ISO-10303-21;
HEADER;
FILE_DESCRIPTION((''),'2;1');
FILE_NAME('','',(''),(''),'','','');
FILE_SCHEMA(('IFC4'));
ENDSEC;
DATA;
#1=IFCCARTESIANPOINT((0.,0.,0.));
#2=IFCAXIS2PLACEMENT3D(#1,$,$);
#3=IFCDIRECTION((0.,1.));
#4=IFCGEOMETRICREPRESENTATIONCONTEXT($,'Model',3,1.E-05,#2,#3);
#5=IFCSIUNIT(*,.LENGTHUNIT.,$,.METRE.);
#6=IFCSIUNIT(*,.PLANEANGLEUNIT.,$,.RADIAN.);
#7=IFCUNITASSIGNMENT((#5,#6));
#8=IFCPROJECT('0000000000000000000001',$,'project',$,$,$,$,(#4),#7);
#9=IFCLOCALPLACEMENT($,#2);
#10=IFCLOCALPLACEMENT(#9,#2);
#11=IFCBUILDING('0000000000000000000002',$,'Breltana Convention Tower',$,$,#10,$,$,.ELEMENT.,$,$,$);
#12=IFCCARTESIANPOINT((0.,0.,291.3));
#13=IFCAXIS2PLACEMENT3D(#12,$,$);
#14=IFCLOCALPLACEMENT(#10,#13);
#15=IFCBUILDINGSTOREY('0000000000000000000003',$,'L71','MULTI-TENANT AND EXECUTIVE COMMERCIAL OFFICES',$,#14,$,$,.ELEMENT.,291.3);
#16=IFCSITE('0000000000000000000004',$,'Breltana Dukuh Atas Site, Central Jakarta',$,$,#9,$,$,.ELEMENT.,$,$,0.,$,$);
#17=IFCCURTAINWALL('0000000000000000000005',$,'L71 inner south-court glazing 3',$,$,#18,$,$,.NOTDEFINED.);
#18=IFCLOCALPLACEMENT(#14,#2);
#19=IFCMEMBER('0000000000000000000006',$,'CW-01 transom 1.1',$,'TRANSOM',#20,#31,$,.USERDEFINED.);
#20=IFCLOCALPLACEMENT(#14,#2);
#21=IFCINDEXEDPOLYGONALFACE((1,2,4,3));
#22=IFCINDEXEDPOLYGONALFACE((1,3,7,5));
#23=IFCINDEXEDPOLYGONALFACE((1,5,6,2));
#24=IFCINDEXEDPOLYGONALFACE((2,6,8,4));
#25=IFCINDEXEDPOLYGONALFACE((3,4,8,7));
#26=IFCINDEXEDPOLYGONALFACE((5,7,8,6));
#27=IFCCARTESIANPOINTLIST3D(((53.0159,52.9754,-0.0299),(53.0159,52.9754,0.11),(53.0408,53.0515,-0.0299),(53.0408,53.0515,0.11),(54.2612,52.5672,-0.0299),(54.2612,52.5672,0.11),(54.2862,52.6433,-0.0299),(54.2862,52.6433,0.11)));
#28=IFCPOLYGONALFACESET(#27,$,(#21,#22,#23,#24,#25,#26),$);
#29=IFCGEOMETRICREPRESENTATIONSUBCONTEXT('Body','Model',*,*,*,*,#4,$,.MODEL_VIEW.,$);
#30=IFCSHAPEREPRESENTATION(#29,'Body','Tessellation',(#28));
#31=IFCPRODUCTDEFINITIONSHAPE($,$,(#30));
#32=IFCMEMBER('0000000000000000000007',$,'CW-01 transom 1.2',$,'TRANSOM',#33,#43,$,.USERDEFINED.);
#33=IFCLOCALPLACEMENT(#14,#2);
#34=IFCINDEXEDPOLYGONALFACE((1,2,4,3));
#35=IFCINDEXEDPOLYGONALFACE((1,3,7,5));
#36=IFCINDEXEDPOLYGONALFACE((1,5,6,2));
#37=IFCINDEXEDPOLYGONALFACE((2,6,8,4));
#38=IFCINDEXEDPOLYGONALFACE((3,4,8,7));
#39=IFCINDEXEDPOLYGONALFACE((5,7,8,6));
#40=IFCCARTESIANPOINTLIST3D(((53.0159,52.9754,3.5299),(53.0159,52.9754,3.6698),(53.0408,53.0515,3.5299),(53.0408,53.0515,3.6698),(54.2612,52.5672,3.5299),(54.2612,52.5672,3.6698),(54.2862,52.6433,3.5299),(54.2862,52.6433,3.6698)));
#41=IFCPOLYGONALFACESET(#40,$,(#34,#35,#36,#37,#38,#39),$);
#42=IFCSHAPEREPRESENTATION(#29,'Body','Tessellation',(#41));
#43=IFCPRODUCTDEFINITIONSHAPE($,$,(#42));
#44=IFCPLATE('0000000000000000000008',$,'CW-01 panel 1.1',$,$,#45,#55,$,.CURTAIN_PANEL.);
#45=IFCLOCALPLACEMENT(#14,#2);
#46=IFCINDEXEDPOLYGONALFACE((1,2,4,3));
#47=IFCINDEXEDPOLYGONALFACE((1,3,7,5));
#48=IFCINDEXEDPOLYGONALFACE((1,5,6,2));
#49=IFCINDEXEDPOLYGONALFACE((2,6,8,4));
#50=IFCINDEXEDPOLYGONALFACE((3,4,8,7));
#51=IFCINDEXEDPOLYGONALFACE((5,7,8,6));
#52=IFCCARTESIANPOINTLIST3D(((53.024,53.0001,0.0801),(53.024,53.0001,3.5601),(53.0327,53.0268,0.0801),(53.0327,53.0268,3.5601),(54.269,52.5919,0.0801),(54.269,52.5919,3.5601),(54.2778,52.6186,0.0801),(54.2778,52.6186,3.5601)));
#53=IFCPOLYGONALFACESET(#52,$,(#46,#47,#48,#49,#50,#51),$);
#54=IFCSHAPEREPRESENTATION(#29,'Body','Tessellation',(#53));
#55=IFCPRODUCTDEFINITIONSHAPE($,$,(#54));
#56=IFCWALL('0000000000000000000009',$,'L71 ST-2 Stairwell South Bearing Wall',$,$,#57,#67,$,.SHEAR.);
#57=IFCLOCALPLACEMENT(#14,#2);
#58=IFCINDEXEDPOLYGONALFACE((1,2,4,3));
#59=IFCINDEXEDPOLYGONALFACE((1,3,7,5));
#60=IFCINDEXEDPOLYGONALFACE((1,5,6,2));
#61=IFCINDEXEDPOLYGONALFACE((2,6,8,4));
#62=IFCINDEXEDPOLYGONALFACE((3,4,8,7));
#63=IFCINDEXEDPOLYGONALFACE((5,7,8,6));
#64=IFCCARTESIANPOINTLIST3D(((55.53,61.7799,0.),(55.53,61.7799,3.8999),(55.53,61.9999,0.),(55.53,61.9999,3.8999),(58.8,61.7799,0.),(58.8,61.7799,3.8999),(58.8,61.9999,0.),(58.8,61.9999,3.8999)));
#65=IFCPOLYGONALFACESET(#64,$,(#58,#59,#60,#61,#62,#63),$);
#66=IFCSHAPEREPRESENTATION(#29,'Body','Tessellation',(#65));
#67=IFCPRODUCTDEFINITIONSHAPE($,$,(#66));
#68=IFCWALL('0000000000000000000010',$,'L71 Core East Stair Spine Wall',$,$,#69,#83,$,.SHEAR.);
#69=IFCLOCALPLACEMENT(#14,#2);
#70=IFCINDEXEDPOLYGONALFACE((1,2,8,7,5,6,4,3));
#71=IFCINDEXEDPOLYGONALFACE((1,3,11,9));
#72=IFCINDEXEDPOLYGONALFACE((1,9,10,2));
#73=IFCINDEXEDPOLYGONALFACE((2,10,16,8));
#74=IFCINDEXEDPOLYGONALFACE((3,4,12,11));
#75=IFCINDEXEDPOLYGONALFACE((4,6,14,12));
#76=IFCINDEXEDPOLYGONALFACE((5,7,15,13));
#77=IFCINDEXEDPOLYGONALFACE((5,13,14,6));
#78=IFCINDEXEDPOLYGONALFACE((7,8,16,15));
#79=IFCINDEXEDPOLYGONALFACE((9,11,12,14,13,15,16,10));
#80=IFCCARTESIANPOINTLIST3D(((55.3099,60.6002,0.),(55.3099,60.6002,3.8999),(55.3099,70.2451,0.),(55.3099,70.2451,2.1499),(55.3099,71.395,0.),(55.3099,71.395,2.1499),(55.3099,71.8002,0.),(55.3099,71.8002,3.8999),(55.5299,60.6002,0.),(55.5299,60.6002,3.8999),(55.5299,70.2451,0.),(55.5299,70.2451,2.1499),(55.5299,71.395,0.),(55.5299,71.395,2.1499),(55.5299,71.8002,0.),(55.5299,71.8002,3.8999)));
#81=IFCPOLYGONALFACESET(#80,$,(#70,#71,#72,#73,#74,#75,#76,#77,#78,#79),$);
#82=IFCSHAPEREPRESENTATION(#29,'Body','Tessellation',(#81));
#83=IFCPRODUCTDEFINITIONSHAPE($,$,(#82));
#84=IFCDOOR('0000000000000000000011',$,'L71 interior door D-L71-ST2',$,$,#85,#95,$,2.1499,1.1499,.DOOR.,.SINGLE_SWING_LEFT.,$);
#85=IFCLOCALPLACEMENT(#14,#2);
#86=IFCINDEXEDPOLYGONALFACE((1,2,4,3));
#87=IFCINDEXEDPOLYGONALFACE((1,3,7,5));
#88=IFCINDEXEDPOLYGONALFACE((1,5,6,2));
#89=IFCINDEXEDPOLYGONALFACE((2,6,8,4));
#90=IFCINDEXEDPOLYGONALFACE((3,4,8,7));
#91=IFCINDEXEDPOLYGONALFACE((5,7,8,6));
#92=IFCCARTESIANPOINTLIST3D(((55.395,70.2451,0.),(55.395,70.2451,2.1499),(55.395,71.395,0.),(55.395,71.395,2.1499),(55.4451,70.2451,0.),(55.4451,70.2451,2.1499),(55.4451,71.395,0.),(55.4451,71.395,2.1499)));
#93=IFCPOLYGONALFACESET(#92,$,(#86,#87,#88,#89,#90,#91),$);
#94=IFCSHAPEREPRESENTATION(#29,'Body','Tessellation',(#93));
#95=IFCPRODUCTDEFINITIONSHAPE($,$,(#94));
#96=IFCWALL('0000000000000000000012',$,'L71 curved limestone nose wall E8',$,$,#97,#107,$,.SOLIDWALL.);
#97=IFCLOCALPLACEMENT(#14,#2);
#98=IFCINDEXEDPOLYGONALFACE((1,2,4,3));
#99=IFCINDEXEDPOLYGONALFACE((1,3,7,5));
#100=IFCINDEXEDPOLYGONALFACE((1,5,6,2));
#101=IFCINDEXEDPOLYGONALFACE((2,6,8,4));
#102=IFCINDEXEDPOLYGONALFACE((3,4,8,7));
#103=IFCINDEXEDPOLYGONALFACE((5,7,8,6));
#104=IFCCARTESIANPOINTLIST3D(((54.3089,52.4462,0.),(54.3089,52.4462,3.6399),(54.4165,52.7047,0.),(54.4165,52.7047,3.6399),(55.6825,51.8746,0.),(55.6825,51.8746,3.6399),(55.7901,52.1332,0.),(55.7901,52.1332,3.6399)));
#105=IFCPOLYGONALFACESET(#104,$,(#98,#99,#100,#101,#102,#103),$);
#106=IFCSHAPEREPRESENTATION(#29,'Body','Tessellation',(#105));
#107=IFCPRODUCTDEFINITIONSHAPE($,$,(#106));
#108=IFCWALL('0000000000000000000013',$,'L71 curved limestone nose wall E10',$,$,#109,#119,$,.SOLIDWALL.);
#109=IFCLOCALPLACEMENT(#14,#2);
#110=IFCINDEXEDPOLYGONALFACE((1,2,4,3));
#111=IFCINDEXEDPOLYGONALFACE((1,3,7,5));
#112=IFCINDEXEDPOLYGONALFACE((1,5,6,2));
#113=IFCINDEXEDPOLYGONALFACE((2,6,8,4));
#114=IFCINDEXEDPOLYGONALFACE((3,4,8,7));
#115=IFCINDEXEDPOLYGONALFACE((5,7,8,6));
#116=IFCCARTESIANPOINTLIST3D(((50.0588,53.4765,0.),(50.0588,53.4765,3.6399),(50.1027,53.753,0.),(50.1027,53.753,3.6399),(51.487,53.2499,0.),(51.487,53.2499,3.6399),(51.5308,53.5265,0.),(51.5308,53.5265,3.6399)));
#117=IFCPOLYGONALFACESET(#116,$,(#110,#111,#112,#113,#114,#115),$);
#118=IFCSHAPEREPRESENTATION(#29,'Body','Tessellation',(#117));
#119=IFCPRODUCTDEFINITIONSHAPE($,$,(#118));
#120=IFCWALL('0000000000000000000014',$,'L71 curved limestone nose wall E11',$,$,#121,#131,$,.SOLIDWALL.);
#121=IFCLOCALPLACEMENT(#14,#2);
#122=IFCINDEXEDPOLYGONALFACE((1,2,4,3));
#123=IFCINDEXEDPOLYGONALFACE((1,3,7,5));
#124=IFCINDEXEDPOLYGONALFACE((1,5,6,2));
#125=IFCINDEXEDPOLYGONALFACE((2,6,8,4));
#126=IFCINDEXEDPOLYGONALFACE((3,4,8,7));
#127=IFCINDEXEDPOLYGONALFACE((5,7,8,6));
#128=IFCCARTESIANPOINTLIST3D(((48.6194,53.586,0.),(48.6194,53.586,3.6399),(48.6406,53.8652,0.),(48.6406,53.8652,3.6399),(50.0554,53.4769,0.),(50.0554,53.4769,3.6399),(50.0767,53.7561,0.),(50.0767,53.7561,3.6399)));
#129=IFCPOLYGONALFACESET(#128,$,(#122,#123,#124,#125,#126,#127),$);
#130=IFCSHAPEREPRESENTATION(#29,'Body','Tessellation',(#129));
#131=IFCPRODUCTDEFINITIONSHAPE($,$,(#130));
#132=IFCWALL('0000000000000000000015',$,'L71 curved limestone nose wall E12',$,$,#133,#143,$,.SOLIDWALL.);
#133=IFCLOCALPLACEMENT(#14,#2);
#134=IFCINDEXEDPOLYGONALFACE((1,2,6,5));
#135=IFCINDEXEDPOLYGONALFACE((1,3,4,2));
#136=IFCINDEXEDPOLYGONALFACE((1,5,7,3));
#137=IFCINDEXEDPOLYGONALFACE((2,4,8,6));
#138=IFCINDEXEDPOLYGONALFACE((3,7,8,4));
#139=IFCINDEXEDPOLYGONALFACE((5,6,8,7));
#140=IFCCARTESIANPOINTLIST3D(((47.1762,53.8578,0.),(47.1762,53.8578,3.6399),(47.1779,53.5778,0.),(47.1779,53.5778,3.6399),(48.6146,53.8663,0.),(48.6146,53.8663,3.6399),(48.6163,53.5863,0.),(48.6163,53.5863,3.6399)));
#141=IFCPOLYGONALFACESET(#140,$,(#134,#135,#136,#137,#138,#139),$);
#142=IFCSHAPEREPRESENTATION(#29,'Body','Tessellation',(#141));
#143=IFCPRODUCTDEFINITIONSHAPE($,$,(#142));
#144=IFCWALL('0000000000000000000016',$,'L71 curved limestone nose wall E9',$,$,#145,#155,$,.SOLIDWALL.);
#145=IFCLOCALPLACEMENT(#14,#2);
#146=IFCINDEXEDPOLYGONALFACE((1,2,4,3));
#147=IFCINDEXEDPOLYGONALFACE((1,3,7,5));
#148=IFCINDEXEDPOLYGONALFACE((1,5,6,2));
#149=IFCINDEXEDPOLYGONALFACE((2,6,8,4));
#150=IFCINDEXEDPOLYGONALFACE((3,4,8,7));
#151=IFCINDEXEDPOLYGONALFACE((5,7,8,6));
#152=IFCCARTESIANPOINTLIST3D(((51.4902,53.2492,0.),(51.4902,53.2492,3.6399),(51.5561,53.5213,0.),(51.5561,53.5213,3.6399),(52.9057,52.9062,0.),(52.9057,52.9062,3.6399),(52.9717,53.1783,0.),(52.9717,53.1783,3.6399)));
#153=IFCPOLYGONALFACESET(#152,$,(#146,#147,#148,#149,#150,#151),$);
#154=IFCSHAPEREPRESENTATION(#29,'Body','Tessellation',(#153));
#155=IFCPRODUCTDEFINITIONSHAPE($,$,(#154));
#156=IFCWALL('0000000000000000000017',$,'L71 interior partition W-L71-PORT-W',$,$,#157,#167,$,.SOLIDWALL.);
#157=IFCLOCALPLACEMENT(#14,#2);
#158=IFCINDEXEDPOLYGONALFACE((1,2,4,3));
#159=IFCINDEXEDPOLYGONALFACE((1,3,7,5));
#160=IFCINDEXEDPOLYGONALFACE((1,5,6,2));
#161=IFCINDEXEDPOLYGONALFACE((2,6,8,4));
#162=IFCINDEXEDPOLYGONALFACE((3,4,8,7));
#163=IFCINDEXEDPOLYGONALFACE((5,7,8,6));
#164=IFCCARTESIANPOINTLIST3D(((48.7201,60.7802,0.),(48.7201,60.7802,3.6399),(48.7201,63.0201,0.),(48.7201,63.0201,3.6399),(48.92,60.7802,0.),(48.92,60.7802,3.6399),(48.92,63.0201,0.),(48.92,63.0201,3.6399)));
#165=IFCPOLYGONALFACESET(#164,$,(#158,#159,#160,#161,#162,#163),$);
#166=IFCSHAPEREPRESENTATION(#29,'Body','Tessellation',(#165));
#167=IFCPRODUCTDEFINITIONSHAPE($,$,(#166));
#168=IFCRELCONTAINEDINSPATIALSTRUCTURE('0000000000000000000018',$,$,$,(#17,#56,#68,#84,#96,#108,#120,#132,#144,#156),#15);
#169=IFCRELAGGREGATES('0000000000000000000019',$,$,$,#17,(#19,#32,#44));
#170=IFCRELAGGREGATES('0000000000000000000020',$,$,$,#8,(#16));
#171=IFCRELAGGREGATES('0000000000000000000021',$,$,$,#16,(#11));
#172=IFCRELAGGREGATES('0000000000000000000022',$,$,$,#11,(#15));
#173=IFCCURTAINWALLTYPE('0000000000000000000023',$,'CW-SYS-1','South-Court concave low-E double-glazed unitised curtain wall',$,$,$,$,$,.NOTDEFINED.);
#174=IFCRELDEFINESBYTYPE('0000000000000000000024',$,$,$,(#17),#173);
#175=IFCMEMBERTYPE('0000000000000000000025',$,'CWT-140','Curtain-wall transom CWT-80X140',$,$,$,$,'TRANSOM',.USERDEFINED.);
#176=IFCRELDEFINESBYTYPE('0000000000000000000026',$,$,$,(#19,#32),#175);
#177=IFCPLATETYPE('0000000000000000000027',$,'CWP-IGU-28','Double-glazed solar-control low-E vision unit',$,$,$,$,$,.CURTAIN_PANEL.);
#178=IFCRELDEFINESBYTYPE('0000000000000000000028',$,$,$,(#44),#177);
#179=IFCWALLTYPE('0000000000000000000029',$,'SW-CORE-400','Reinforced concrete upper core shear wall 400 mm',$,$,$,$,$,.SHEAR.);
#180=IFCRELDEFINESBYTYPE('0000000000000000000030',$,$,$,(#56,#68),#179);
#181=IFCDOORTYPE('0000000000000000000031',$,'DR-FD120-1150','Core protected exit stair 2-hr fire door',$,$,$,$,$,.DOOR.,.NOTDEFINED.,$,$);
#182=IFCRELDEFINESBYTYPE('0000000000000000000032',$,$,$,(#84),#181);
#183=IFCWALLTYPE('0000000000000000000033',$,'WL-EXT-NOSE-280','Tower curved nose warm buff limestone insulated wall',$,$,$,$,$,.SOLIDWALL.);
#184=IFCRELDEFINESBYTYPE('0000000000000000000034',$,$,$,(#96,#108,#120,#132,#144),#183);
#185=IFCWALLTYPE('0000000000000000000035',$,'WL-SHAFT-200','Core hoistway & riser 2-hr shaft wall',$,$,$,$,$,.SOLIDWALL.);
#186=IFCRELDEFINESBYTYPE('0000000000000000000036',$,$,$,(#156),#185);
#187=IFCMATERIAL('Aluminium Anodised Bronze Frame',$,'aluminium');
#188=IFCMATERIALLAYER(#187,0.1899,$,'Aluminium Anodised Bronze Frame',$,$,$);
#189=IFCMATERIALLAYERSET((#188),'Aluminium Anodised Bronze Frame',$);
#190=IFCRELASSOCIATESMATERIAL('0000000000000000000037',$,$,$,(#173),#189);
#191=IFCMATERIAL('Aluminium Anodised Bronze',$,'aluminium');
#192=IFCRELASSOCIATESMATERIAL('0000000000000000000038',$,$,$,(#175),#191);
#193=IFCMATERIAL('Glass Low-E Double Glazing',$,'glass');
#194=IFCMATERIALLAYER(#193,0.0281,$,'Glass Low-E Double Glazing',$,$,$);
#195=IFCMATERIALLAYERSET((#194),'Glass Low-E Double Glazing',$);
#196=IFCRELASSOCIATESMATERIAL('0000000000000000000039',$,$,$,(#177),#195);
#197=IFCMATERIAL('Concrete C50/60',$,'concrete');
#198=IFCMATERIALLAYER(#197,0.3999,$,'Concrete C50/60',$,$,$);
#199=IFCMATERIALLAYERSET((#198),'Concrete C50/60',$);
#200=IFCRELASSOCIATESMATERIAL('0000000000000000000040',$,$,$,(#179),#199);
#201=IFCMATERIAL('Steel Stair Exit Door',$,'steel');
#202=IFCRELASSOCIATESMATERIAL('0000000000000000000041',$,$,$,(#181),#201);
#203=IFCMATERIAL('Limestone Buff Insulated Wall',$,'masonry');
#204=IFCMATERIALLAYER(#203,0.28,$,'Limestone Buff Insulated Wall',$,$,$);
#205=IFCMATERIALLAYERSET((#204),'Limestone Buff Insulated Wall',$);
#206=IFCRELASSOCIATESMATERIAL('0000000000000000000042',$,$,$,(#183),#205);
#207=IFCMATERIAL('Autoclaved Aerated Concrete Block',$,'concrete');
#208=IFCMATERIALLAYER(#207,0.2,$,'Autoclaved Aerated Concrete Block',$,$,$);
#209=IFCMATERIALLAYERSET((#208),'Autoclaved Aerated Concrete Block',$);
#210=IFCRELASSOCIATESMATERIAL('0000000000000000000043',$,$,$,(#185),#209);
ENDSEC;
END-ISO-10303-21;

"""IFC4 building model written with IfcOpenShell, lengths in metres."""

from ifc_helpers import new_model, si_unit, direction, frame, frame_2d, origin, origin_2d, place, context, subcontext, project, spatial, rectangle, extrude, source, transform, mapped, material, layer, layer_set, material_profile, profile_set, type_object, type_shapes, element, fill, aggregate, save


model = new_model("IFC4")

# Units and contexts
model_context = context("Model", 3, precision=1e-05, world=origin(), true_north=direction((0.0, 1.0)))
body_context = subcontext(model_context, "Body", "Model", "MODEL_VIEW")
ifc_project = project(units=[si_unit("LENGTHUNIT", "METRE"), si_unit("PLANEANGLEUNIT", "RADIAN")], contexts=[model_context])

# Site, building, storey
site_placement = place(None, origin())
site = spatial("IfcSite", under=ifc_project, at=site_placement, Name="Breltana Dukuh Atas Site, Central Jakarta", CompositionType="ELEMENT", RefElevation=0.0)
building_placement = place(site_placement, origin())
building = spatial("IfcBuilding", under=site, at=building_placement, Name="Breltana Convention Tower", CompositionType="ELEMENT")
storey_placement = place(building_placement, frame((0.0, 0.0, 291.3)))
storey = spatial("IfcBuildingStorey", under=building, at=storey_placement, Name="L71", Description="MULTI-TENANT AND EXECUTIVE COMMERCIAL OFFICES", CompositionType="ELEMENT", Elevation=291.3)

# Curtain wall
ifc_material_1 = material(Name="Aluminium Anodised Bronze Frame", Category="aluminium")
ifc_layer_1 = layer(ifc_material_1, 0.1899, Name="Aluminium Anodised Bronze Frame")
ifc_layer_set_1 = layer_set([ifc_layer_1], Name="Aluminium Anodised Bronze Frame")
curtain_wall_type = type_object("IfcCurtainWallType", Name="CW-SYS-1", Description="South-Court concave low-E double-glazed unitised curtain wall", PredefinedType="NOTDEFINED", material=ifc_layer_set_1)
curtain_wall_1_placement = place(storey_placement, origin())
curtain_wall_1 = element("IfcCurtainWall", 1, at=curtain_wall_1_placement, inside=storey, type_object=curtain_wall_type, Name="L71 inner south-court glazing 3", PredefinedType="NOTDEFINED")
ifc_material_2 = material(Name="Aluminium Anodised Bronze", Category="aluminium")

# Members
ifc_material_profile_1 = material_profile(ifc_material_2, rectangle(XDim=0.0801, YDim=0.1399, at=origin_2d()), Name="CWT-80X140")
ifc_profile_set_1 = profile_set([ifc_material_profile_1], Name="Aluminium Anodised Bronze")
member_type_1 = type_object("IfcMemberType", Name="CWT-140", Description="Curtain-wall transom CWT-80X140", ElementType="TRANSOM", PredefinedType="USERDEFINED", material=ifc_profile_set_1)
shared_shape_1 = source(origin(), body_context, "Body", "SweptSolid", [
    extrude(rectangle(XDim=0.0801, YDim=0.1399, at=origin_2d()), origin(), (0.0, 0.0, 1.0), 1.3105),
])
member_1_placement = place(storey_placement, frame((54.2737, 52.6052, 0.04), z_axis=(-0.950255, 0.311473, 0.0), x_axis=(-0.311473, -0.950255, 0.0)))
member_1 = element("IfcMember", 2, at=member_1_placement, type_object=member_type_1, Name="CW-01 transom 1.1", ObjectType="TRANSOM", PredefinedType="USERDEFINED", context=body_context, shape_type="MappedRepresentation", body=[
    mapped(shared_shape_1, transform((0.0, 0.0, 0.0), scale=1.0)),
])
member_2_placement = place(storey_placement, frame((54.2737, 52.6052, 3.5999), z_axis=(-0.950255, 0.311473, 0.0), x_axis=(-0.311473, -0.950255, 0.0)))
member_2 = element("IfcMember", 3, at=member_2_placement, type_object=member_type_1, Name="CW-01 transom 1.2", ObjectType="TRANSOM", PredefinedType="USERDEFINED", context=body_context, shape_type="MappedRepresentation", body=[
    mapped(shared_shape_1, transform((0.0, 0.0, 0.0), scale=1.0)),
])

# Plate
ifc_material_3 = material(Name="Glass Low-E Double Glazing", Category="glass")
ifc_layer_2 = layer(ifc_material_3, 0.0281, Name="Glass Low-E Double Glazing")
ifc_layer_set_2 = layer_set([ifc_layer_2], Name="Glass Low-E Double Glazing")
plate_type = type_object("IfcPlateType", Name="CWP-IGU-28", Description="Double-glazed solar-control low-E vision unit", PredefinedType="CURTAIN_PANEL", material=ifc_layer_set_2)
shared_shape_2 = source(origin(), body_context, "Body", "SweptSolid", [
    extrude(rectangle(XDim=1.3103, YDim=0.0281, at=origin_2d()), origin(), (0.0, 0.0, 1.0), 3.48),
])
plate_placement = place(storey_placement, frame((53.6509, 52.8093, 0.0801), z_axis=(0.0, 0.0, 1.0), x_axis=(-0.950229, 0.311552, 0.0)))
plate = element("IfcPlate", 4, at=plate_placement, type_object=plate_type, Name="CW-01 panel 1.1", PredefinedType="CURTAIN_PANEL", context=body_context, shape_type="MappedRepresentation", body=[
    mapped(shared_shape_2, transform((0.0, 0.0, 0.0), scale=1.0)),
])
aggregate(curtain_wall_1, [member_1, member_2, plate])

# Wall
ifc_material_4 = material(Name="Concrete C50/60", Category="concrete")
ifc_layer_3 = layer(ifc_material_4, 0.3999, Name="Concrete C50/60")
ifc_layer_set_3 = layer_set([ifc_layer_3], Name="Concrete C50/60")
wall_type_1 = type_object("IfcWallType", Name="SW-CORE-400", Description="Reinforced concrete upper core shear wall 400 mm", PredefinedType="SHEAR", material=ifc_layer_set_3)
shared_shape_3 = source(origin(), body_context, "Body", "SweptSolid", [
    extrude(rectangle(XDim=3.27, YDim=0.22, at=frame_2d((1.635, 0.0))), origin(), (0.0, 0.0, 1.0), 3.8999),
])
wall_1_placement = place(storey_placement, frame((55.53, 61.8899, 0.0), z_axis=(0.0, 0.0, 1.0), x_axis=(1.0, 0.0, 0.0)))
element("IfcWall", 5, at=wall_1_placement, inside=storey, type_object=wall_type_1, Name="L71 ST-2 Stairwell South Bearing Wall", PredefinedType="SHEAR", context=body_context, shape_type="MappedRepresentation", body=[
    mapped(shared_shape_3, transform((0.0, 0.0, 0.0), scale=1.0)),
])

# Wall, opening, door
shared_shape_4 = source(origin(), body_context, "Body", "SweptSolid", [
    extrude(rectangle(XDim=11.2, YDim=0.22, at=frame_2d((5.6001, 0.0))), origin(), (0.0, 0.0, 1.0), 3.8999),
])
wall_2_placement = place(storey_placement, frame((55.4199, 60.6001, 0.0), z_axis=(0.0, 0.0, 1.0), x_axis=(0.0, 1.0, 0.0)))
wall_2 = element("IfcWall", 6, at=wall_2_placement, inside=storey, type_object=wall_type_1, Name="L71 Core East Stair Spine Wall", PredefinedType="SHEAR", context=body_context, shape_type="MappedRepresentation", body=[
    mapped(shared_shape_4, transform((0.0, 0.0, 0.0), scale=1.0)),
])
opening_1_placement = place(wall_2_placement, frame((9.645, 0.0, 0.0)))
opening_1 = element("IfcOpeningElement", 7, at=opening_1_placement, cuts=wall_2, PredefinedType="OPENING", context=body_context, shape_type="SweptSolid", body=[
    extrude(rectangle(XDim=1.1499, YDim=2.1499, at=frame_2d((0.575, 1.075))), frame((0.0, 0.1201, 0.0), z_axis=(0.0, -1.0, 0.0), x_axis=(1.0, 0.0, 0.0)), (0.0, 0.0, 1.0), 0.24),
])
ifc_material_5 = material(Name="Steel Stair Exit Door", Category="steel")
door_type_1 = type_object("IfcDoorType", Name="DR-FD120-1150", Description="Core protected exit stair 2-hr fire door", OperationType="NOTDEFINED", PredefinedType="DOOR", material=ifc_material_5)
shared_shape_5 = source(origin(), body_context, "Body", "SweptSolid", [
    extrude(rectangle(XDim=1.1499, YDim=2.1499, at=frame_2d((0.575, 1.075))), frame((0.0, 0.0249, 0.0), z_axis=(0.0, -1.0, 0.0), x_axis=(1.0, 0.0, 0.0)), (0.0, 0.0, 1.0), 0.05),
])
type_shapes(door_type_1, [shared_shape_5])
door_1_placement = place(opening_1_placement, origin())
door_1 = element("IfcDoor", 8, at=door_1_placement, inside=storey, type_object=door_type_1, Name="L71 interior door D-L71-ST2", OperationType="SINGLE_SWING_LEFT", OverallHeight=2.1499, OverallWidth=1.1499, PredefinedType="DOOR", context=body_context, shape_type="MappedRepresentation", body=[
    mapped(shared_shape_5, transform((0.0, 0.0, 0.0), scale=1.0)),
])
fill(opening_1, door_1)

# Walls
ifc_material_6 = material(Name="Limestone Buff Insulated Wall", Category="masonry")
ifc_layer_4 = layer(ifc_material_6, 0.28, Name="Limestone Buff Insulated Wall")
ifc_layer_set_4 = layer_set([ifc_layer_4], Name="Limestone Buff Insulated Wall")
wall_type_2 = type_object("IfcWallType", Name="WL-EXT-NOSE-280", Description="Tower curved nose warm buff limestone insulated wall", PredefinedType="SOLIDWALL", material=ifc_layer_set_4)
shared_shape_6 = source(origin(), body_context, "Body", "SweptSolid", [
    extrude(rectangle(XDim=1.4878, YDim=0.28, at=frame_2d((0.7439, 0.0))), origin(), (0.0, 0.0, 1.0), 3.6399),
])
wall_3_placement = place(storey_placement, frame((55.7363, 52.0039, 0.0), z_axis=(0.0, 0.0, 1.0), x_axis=(-0.923261, 0.384173, 0.0)))
element("IfcWall", 9, at=wall_3_placement, inside=storey, type_object=wall_type_2, Name="L71 curved limestone nose wall E8", PredefinedType="SOLIDWALL", context=body_context, shape_type="MappedRepresentation", body=[
    mapped(shared_shape_6, transform((0.0, 0.0, 0.0), scale=1.0)),
])
shared_shape_7 = source(origin(), body_context, "Body", "SweptSolid", [
    extrude(rectangle(XDim=1.446, YDim=0.28, at=frame_2d((0.7231, 0.0))), origin(), (0.0, 0.0, 1.0), 3.6399),
])
wall_4_placement = place(storey_placement, frame((51.509, 53.3882, 0.0), z_axis=(0.0, 0.0, 1.0), x_axis=(-0.98765, 0.156673, 0.0)))
element("IfcWall", 10, at=wall_4_placement, inside=storey, type_object=wall_type_2, Name="L71 curved limestone nose wall E10", PredefinedType="SOLIDWALL", context=body_context, shape_type="MappedRepresentation", body=[
    mapped(shared_shape_7, transform((0.0, 0.0, 0.0), scale=1.0)),
])
shared_shape_8 = source(origin(), body_context, "Body", "SweptSolid", [
    extrude(rectangle(XDim=1.4402, YDim=0.28, at=frame_2d((0.7202, 0.0))), origin(), (0.0, 0.0, 1.0), 3.6399),
])
wall_5_placement = place(storey_placement, frame((50.0662, 53.6165, 0.0), z_axis=(0.0, 0.0, 1.0), x_axis=(-0.997125, 0.075776, 0.0)))
element("IfcWall", 11, at=wall_5_placement, inside=storey, type_object=wall_type_2, Name="L71 curved limestone nose wall E11", PredefinedType="SOLIDWALL", context=body_context, shape_type="MappedRepresentation", body=[
    mapped(shared_shape_8, transform((0.0, 0.0, 0.0), scale=1.0)),
])
shared_shape_9 = source(origin(), body_context, "Body", "SweptSolid", [
    extrude(rectangle(XDim=1.4385, YDim=0.28, at=frame_2d((0.7192, 0.0))), origin(), (0.0, 0.0, 1.0), 3.6399),
])
wall_6_placement = place(storey_placement, frame((48.6155, 53.7263, 0.0), z_axis=(0.0, 0.0, 1.0), x_axis=(-0.999982, -0.00594, 0.0)))
element("IfcWall", 12, at=wall_6_placement, inside=storey, type_object=wall_type_2, Name="L71 curved limestone nose wall E12", PredefinedType="SOLIDWALL", context=body_context, shape_type="MappedRepresentation", body=[
    mapped(shared_shape_9, transform((0.0, 0.0, 0.0), scale=1.0)),
])
shared_shape_10 = source(origin(), body_context, "Body", "SweptSolid", [
    extrude(rectangle(XDim=1.4565, YDim=0.28, at=frame_2d((0.7283, 0.0))), origin(), (0.0, 0.0, 1.0), 3.6399),
])
wall_7_placement = place(storey_placement, frame((52.9387, 53.0422, 0.0), z_axis=(0.0, 0.0, 1.0), x_axis=(-0.971872, 0.235509, 0.0)))
element("IfcWall", 13, at=wall_7_placement, inside=storey, type_object=wall_type_2, Name="L71 curved limestone nose wall E9", PredefinedType="SOLIDWALL", context=body_context, shape_type="MappedRepresentation", body=[
    mapped(shared_shape_10, transform((0.0, 0.0, 0.0), scale=1.0)),
])
ifc_material_7 = material(Name="Autoclaved Aerated Concrete Block", Category="concrete")
ifc_layer_5 = layer(ifc_material_7, 0.2, Name="Autoclaved Aerated Concrete Block")
ifc_layer_set_5 = layer_set([ifc_layer_5], Name="Autoclaved Aerated Concrete Block")
wall_type_3 = type_object("IfcWallType", Name="WL-SHAFT-200", Description="Core hoistway & riser 2-hr shaft wall", PredefinedType="SOLIDWALL", material=ifc_layer_set_5)
shared_shape_11 = source(origin(), body_context, "Body", "SweptSolid", [
    extrude(rectangle(XDim=2.24, YDim=0.2, at=frame_2d((1.1201, 0.0))), origin(), (0.0, 0.0, 1.0), 3.6399),
])
for number, where, z_axis, x_axis, name in (
    (14, (48.8201, 60.78, 0.0), (0.0, 0.0, 1.0), (0.0, 1.0, 0.0), "L71 interior partition W-L71-PORT-W"),
):
    element("IfcWall", number, at=place(storey_placement, frame(where, z_axis=z_axis, x_axis=x_axis)), inside=storey, type_object=wall_type_3, Name=name, PredefinedType="SOLIDWALL", context=body_context, shape_type="MappedRepresentation", body=[
        mapped(shared_shape_11, transform((0.0, 0.0, 0.0), scale=1.0)),
    ])

save(model, "model.ifc")
